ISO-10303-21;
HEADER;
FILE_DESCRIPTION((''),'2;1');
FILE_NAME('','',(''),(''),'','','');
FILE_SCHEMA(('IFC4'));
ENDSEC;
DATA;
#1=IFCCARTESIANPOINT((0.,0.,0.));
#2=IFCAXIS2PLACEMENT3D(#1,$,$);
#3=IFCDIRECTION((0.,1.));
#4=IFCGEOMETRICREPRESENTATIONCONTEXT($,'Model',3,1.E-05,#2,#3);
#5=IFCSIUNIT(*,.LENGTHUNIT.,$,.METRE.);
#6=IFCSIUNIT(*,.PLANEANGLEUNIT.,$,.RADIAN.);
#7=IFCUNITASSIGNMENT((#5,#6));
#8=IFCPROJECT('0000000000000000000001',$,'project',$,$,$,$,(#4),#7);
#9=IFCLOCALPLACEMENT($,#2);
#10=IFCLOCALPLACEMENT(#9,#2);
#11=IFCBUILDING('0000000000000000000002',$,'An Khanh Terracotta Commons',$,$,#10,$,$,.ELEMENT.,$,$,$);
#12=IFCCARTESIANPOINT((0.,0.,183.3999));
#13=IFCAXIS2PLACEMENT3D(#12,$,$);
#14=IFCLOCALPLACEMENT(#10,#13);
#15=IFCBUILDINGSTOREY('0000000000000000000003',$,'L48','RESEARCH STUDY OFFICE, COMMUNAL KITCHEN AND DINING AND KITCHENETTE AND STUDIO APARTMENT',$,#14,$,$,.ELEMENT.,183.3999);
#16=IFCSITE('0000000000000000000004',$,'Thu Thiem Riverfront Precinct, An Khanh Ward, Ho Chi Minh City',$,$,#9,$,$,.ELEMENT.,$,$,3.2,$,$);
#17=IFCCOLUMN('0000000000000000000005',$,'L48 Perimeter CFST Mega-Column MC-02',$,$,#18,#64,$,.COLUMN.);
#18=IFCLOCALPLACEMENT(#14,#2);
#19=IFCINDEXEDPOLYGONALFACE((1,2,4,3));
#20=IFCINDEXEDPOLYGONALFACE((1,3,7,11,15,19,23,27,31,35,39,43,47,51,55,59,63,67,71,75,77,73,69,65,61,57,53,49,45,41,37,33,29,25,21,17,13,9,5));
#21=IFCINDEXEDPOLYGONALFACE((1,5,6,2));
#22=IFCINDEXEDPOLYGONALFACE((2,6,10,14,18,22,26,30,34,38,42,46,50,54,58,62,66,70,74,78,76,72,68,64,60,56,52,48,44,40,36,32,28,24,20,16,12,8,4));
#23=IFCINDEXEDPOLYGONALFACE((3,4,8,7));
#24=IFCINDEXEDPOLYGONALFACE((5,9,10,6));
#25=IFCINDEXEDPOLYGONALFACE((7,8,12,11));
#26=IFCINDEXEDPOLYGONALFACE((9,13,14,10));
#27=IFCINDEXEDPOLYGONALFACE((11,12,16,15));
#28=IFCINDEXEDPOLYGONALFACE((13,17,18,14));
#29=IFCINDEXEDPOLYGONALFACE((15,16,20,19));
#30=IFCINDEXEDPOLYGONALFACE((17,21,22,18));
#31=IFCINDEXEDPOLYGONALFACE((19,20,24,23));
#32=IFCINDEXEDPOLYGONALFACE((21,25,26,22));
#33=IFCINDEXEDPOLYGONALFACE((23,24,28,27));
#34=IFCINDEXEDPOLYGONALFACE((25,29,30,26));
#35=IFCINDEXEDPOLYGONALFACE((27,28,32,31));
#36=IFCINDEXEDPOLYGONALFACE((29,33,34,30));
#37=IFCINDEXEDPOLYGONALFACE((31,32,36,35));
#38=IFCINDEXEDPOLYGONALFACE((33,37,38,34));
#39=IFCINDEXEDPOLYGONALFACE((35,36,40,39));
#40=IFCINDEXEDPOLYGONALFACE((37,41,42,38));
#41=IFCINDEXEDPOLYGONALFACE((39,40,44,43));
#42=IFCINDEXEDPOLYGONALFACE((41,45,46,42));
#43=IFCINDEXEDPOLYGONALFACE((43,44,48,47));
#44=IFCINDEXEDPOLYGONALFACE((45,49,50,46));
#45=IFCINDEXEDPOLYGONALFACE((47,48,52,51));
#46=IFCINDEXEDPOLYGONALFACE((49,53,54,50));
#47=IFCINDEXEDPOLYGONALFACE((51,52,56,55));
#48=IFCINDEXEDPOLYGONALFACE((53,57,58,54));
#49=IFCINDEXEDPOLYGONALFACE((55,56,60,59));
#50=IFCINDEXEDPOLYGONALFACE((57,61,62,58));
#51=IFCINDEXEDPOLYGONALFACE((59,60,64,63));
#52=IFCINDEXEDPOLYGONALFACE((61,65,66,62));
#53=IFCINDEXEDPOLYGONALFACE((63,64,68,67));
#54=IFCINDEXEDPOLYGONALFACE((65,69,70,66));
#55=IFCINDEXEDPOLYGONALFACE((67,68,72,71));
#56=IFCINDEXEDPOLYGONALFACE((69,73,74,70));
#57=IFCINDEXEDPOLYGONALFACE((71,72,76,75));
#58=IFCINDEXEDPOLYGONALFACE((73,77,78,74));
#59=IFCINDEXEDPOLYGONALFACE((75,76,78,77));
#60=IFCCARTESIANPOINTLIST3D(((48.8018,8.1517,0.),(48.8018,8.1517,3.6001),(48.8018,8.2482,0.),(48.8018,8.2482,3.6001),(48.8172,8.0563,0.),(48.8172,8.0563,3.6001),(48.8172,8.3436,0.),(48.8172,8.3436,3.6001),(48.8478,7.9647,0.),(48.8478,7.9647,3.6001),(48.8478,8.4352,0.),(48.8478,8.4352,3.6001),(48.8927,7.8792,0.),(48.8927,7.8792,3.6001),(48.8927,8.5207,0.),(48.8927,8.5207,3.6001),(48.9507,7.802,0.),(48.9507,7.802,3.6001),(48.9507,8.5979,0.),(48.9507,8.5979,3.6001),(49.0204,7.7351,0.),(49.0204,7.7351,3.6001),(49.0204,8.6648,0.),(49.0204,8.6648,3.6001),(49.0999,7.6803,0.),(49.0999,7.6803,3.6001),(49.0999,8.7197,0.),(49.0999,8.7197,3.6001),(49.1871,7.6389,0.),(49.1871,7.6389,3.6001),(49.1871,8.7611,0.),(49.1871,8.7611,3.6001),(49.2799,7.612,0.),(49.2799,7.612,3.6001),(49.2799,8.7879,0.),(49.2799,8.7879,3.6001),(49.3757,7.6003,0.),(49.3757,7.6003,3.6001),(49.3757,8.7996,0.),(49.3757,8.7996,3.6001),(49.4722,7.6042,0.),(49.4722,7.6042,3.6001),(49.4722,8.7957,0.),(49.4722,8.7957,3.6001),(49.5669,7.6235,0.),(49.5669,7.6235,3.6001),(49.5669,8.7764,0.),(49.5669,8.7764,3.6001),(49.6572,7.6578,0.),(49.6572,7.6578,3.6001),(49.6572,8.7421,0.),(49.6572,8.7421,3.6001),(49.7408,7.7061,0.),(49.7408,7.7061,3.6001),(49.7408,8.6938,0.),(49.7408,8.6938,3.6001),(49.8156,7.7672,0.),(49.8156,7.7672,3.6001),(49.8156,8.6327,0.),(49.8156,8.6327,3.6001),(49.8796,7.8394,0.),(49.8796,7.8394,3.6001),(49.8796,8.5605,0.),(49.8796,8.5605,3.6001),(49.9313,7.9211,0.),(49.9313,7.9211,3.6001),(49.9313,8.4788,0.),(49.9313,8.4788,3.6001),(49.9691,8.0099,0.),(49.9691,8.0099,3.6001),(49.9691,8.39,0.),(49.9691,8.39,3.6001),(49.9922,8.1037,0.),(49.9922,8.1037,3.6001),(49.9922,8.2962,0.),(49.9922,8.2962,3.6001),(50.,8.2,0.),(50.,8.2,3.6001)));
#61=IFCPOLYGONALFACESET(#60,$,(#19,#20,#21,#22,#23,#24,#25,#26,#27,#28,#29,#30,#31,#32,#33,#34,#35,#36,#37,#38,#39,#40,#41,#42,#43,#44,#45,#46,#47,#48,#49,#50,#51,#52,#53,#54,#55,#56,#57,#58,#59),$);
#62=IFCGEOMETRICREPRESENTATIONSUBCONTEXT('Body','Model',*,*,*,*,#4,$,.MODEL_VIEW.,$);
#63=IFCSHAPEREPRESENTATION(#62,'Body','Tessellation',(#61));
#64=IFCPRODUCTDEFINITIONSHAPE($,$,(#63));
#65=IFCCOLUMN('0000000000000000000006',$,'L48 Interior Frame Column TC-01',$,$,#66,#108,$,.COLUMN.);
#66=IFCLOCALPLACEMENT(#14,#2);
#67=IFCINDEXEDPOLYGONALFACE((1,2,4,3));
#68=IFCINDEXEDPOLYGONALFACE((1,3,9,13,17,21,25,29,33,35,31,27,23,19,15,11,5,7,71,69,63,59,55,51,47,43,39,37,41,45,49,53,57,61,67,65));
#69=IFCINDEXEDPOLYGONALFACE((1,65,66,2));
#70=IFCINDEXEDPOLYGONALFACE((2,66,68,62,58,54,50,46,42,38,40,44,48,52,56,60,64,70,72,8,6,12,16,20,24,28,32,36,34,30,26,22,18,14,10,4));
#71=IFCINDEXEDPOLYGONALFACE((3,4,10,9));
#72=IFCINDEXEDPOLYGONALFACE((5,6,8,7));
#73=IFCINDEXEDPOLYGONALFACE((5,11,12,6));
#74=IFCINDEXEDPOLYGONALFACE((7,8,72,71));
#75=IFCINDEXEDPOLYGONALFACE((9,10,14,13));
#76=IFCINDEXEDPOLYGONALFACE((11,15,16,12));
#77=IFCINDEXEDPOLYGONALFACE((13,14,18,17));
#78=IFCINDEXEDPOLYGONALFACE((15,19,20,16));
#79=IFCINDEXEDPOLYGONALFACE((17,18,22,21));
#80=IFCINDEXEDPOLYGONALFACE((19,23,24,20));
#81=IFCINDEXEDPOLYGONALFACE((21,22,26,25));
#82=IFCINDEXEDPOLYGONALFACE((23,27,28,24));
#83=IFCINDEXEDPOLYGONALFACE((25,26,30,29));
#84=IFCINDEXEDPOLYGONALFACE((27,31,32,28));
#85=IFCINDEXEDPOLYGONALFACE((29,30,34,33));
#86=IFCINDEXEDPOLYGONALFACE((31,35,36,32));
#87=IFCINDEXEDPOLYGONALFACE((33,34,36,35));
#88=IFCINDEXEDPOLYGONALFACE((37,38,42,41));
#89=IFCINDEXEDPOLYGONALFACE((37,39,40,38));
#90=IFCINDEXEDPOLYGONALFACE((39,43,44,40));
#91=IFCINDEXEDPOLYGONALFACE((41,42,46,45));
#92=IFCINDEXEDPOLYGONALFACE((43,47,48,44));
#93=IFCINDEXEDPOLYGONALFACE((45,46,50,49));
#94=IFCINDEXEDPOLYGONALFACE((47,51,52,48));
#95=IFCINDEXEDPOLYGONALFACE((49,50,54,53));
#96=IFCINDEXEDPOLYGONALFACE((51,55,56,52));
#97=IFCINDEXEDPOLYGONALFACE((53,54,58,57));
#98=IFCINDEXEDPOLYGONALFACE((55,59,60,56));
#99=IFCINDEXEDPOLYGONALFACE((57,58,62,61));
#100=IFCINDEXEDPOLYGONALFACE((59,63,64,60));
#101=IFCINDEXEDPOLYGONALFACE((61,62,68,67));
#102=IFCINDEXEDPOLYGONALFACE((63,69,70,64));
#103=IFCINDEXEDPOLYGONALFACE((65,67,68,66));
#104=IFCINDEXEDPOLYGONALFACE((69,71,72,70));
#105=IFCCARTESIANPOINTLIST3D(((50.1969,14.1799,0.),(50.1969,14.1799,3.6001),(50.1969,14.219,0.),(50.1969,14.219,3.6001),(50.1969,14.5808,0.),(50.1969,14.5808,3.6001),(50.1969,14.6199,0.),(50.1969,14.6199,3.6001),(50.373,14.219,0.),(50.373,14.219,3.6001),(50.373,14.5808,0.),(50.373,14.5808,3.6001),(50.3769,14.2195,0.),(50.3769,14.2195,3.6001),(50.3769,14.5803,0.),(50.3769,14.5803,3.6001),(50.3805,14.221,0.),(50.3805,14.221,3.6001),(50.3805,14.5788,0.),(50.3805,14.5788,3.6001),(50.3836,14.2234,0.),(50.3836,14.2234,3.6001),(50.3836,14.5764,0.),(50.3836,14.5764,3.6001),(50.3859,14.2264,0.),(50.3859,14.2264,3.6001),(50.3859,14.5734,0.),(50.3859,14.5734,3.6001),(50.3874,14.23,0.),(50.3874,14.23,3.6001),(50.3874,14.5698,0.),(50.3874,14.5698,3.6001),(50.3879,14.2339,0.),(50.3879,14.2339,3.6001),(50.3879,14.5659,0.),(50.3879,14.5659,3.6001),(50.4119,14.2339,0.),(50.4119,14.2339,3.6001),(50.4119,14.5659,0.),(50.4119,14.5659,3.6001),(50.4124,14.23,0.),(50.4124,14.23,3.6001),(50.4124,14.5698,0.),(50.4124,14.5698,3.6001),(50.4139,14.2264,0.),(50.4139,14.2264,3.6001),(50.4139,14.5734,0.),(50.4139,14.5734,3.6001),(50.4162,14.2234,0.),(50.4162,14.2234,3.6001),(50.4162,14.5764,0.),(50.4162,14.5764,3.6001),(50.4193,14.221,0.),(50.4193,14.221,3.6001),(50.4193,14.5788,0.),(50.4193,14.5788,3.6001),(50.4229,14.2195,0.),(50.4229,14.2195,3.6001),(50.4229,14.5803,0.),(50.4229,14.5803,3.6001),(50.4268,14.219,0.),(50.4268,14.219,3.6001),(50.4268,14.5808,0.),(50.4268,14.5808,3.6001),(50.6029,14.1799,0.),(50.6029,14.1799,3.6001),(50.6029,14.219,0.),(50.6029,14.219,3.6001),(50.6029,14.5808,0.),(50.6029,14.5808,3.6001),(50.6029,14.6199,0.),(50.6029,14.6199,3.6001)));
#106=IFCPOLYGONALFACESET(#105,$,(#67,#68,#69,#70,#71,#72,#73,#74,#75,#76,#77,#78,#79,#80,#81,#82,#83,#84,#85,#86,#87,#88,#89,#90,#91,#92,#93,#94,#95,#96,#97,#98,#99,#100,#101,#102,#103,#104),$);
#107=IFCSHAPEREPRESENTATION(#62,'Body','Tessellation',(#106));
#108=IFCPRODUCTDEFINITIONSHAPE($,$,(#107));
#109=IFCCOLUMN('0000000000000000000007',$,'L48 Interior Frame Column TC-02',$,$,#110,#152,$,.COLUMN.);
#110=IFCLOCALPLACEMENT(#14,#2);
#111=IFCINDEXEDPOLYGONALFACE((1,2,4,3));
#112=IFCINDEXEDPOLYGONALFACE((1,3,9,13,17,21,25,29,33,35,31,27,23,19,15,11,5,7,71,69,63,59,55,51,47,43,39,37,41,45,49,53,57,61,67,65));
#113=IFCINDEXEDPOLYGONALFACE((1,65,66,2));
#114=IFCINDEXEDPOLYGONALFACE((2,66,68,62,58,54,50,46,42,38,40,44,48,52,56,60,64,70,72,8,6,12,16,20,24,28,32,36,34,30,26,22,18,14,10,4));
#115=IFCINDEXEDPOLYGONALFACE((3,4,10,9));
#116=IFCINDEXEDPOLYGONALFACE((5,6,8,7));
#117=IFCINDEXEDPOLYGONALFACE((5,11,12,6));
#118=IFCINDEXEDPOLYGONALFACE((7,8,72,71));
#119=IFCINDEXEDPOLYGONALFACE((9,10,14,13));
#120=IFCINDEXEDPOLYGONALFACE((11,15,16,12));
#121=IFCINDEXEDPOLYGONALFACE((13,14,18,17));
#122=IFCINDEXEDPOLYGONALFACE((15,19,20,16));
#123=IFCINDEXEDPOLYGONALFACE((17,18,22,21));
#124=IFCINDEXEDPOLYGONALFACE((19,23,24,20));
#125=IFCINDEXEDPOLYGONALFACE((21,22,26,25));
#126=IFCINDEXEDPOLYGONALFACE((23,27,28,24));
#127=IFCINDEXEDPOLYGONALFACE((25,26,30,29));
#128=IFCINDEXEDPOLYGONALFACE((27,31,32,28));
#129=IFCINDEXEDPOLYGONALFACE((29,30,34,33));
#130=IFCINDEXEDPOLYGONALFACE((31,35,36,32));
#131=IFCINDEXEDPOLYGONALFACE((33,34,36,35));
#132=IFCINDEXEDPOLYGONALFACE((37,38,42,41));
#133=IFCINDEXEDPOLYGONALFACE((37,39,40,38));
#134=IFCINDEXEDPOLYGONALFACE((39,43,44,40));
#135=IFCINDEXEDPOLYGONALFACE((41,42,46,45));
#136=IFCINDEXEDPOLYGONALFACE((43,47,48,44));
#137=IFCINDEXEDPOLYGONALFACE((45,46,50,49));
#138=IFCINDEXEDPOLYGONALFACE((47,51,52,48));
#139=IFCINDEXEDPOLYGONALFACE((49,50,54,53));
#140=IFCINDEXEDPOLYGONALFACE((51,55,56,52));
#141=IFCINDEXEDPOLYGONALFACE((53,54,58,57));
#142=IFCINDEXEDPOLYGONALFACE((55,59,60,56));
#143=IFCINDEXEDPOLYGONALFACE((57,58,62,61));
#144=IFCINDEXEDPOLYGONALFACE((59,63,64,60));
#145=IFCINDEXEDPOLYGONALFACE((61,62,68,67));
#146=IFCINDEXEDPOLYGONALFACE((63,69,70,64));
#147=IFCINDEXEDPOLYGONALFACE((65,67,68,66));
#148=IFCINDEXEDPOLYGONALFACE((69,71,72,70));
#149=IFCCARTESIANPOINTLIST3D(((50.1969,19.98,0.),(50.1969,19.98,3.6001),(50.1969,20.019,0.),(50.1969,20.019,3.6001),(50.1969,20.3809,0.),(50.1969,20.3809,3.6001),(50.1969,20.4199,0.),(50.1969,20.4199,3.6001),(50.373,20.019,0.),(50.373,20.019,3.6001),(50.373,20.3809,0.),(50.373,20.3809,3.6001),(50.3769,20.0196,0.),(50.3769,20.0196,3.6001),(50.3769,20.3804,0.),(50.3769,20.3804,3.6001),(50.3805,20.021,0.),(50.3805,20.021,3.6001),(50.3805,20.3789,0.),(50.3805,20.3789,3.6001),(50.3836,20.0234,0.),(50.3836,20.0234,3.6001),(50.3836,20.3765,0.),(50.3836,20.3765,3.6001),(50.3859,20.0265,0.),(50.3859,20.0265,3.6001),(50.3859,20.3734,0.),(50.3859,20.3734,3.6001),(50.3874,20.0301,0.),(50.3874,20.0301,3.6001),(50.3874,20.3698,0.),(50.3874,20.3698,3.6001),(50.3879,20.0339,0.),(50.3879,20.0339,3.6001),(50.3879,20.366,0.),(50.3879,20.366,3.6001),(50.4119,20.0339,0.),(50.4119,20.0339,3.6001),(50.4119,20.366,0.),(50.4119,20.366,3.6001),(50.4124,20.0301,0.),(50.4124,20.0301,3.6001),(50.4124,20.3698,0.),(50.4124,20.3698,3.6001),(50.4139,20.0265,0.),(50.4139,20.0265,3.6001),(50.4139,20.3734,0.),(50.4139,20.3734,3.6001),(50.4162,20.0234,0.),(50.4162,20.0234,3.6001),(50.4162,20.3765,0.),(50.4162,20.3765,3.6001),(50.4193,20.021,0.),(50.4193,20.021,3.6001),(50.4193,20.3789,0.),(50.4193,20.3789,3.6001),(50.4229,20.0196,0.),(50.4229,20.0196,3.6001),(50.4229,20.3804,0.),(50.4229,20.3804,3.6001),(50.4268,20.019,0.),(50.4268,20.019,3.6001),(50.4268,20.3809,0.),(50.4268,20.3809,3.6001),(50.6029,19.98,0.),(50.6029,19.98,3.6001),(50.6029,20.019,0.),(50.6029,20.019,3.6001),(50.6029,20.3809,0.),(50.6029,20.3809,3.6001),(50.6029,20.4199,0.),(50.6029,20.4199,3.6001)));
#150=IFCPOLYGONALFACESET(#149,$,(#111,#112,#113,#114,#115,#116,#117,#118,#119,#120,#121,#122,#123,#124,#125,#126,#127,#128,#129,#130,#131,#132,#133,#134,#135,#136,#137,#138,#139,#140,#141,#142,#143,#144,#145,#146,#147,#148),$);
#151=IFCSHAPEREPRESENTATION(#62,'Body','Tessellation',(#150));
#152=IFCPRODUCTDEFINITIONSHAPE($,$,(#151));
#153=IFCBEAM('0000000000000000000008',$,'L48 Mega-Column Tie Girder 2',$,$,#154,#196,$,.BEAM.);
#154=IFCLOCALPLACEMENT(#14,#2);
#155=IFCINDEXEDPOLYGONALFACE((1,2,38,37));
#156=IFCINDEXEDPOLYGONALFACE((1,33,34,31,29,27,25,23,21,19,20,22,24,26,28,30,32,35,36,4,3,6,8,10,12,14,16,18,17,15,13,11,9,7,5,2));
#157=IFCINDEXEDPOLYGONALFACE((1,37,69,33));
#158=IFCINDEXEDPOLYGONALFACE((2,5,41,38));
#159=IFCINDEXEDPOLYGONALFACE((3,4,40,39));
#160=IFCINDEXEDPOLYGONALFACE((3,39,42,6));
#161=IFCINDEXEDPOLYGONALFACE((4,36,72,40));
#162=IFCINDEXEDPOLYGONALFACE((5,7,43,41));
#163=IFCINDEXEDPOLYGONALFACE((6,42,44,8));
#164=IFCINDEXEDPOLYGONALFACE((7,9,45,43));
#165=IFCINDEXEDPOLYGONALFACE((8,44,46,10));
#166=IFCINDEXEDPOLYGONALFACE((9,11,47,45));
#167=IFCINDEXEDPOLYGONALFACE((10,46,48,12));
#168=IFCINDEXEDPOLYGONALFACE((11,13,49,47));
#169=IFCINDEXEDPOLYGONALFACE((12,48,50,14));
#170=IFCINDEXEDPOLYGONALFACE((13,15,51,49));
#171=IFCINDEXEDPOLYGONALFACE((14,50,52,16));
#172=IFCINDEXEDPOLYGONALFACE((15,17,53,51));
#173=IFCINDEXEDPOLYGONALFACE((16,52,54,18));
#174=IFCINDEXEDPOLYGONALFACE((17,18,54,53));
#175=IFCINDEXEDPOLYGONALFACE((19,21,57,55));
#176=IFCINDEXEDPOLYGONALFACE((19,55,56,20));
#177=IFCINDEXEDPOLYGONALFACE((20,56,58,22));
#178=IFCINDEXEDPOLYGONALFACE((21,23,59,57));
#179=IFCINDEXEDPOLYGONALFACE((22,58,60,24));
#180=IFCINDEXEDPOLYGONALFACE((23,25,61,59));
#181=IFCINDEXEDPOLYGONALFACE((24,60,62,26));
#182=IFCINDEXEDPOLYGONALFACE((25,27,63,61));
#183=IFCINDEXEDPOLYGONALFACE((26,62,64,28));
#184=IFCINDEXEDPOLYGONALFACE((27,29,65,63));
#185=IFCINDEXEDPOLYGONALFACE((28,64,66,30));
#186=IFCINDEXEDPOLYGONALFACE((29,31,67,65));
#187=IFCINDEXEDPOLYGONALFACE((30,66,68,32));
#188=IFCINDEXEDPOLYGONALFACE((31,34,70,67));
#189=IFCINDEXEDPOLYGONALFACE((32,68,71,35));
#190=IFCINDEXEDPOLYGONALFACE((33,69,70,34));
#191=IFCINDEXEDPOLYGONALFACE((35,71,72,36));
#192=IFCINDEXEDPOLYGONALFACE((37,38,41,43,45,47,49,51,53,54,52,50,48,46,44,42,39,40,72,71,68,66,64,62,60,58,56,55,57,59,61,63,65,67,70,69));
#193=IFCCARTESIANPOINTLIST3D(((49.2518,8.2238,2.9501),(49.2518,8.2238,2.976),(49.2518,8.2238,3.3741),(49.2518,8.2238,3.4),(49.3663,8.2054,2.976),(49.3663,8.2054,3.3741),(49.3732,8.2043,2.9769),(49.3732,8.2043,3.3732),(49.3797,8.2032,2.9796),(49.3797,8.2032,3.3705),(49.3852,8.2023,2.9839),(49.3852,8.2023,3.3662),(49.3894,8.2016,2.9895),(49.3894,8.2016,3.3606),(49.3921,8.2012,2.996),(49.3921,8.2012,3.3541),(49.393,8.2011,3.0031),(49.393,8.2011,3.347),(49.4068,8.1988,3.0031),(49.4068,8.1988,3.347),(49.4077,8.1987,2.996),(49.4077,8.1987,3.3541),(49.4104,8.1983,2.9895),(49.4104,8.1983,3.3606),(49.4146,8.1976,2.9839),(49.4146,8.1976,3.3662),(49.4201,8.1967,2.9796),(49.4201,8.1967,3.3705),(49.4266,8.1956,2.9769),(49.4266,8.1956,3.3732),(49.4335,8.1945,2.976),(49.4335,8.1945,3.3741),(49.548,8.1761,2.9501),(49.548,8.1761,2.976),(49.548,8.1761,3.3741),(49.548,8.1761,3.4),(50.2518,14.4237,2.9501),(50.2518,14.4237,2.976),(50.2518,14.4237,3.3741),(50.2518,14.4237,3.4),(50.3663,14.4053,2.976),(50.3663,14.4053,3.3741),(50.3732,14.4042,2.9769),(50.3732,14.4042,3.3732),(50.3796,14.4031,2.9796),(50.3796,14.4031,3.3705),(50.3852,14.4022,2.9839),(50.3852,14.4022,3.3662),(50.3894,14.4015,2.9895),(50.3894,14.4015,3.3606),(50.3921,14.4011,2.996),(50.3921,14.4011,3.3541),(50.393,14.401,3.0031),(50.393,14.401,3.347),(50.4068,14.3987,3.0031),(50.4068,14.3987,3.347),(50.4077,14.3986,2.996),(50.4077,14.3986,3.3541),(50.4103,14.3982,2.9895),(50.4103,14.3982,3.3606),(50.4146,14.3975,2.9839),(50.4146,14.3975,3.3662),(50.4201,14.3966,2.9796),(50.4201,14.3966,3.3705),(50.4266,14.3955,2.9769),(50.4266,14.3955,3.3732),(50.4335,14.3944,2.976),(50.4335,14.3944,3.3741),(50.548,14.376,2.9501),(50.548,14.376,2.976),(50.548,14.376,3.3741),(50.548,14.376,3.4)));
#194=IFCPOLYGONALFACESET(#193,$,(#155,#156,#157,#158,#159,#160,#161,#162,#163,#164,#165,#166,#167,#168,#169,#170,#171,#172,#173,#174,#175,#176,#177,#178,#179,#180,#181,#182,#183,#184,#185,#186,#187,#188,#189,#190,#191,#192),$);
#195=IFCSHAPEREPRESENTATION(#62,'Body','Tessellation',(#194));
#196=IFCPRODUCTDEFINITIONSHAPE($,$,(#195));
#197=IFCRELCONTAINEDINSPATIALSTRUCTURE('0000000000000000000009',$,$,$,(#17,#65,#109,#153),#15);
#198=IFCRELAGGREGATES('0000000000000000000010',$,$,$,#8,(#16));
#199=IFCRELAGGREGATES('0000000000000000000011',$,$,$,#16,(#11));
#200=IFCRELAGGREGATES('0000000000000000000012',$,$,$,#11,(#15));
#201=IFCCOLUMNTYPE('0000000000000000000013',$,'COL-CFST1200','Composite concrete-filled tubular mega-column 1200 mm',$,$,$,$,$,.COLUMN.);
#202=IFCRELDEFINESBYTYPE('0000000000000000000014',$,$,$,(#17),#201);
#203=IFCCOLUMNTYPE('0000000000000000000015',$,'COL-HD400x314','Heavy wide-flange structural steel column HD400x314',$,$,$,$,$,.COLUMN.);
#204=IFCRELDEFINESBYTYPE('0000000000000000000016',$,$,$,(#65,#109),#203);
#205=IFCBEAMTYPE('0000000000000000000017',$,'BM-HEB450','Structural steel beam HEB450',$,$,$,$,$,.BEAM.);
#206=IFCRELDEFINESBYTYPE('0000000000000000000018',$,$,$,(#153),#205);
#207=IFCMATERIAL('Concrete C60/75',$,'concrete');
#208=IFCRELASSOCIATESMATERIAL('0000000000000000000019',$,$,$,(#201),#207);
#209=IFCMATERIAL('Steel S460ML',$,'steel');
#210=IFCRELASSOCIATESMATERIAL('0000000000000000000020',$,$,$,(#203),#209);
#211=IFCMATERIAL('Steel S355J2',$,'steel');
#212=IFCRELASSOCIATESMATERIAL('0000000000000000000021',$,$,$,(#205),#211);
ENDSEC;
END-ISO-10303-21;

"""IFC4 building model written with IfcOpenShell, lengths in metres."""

from ifc_helpers import new_model, si_unit, direction, frame, origin, origin_2d, place, context, subcontext, project, spatial, circle, i_section, extrude, material, material_profile, profile_set, type_object, element, save


model = new_model("IFC4")

# Units and contexts
model_context = context("Model", 3, precision=1e-05, world=origin(), true_north=direction((0.0, 1.0)))
body_context = subcontext(model_context, "Body", "Model", "MODEL_VIEW")
ifc_project = project(units=[si_unit("LENGTHUNIT", "METRE"), si_unit("PLANEANGLEUNIT", "RADIAN")], contexts=[model_context])

# Site, building, storey
site_placement = place(None, origin())
site = spatial("IfcSite", under=ifc_project, at=site_placement, Name="Thu Thiem Riverfront Precinct, An Khanh Ward, Ho Chi Minh City", CompositionType="ELEMENT", RefElevation=3.2)
building_placement = place(site_placement, origin())
building = spatial("IfcBuilding", under=site, at=building_placement, Name="An Khanh Terracotta Commons", CompositionType="ELEMENT")
storey_placement = place(building_placement, frame((0.0, 0.0, 183.3999)))
storey = spatial("IfcBuildingStorey", under=building, at=storey_placement, Name="L48", Description="RESEARCH STUDY OFFICE, COMMUNAL KITCHEN AND DINING AND KITCHENETTE AND STUDIO APARTMENT", CompositionType="ELEMENT", Elevation=183.3999)

# Columns
ifc_material_1 = material(Name="Concrete C60/75", Category="concrete")
ifc_material_profile_1 = material_profile(ifc_material_1, circle(Radius=0.6001, at=origin_2d()), Name="CFST1200")
ifc_profile_set_1 = profile_set([ifc_material_profile_1], Name="Concrete C60/75")
column_type_1 = type_object("IfcColumnType", Name="COL-CFST1200", Description="Composite concrete-filled tubular mega-column 1200 mm", PredefinedType="COLUMN", material=ifc_profile_set_1)
column_placement = place(storey_placement, frame((49.3999, 8.2, 0.0), z_axis=(0.0, 0.0, 1.0), x_axis=(1.0, 0.0, 0.0)))
element("IfcColumn", 1, at=column_placement, inside=storey, type_object=column_type_1, Name="L48 Perimeter CFST Mega-Column MC-02", PredefinedType="COLUMN", context=body_context, shape_type="SweptSolid", body=[
    extrude(circle(Radius=0.6001, at=origin_2d()), origin(), (0.0, 0.0, 1.0), 3.6001),
])
ifc_material_2 = material(Name="Steel S460ML", Category="steel")
ifc_material_profile_2 = material_profile(ifc_material_2, i_section(OverallWidth=0.406, OverallDepth=0.4399, WebThickness=0.0239, FlangeThickness=0.0391, FilletRadius=0.0149, at=origin_2d()), Name="HD400x314")
ifc_profile_set_2 = profile_set([ifc_material_profile_2], Name="Steel S460ML")
column_type_2 = type_object("IfcColumnType", Name="COL-HD400x314", Description="Heavy wide-flange structural steel column HD400x314", PredefinedType="COLUMN", material=ifc_profile_set_2)
for number, where, z_axis, x_axis, name in (
    (2, (50.3999, 14.3999, 0.0), (0.0, 0.0, 1.0), (1.0, 0.0, 0.0), "L48 Interior Frame Column TC-01"),
    (3, (50.3999, 20.2, 0.0), (0.0, 0.0, 1.0), (1.0, 0.0, 0.0), "L48 Interior Frame Column TC-02"),
):
    element("IfcColumn", number, at=place(storey_placement, frame(where, z_axis=z_axis, x_axis=x_axis)), inside=storey, type_object=column_type_2, Name=name, PredefinedType="COLUMN", context=body_context, shape_type="SweptSolid", body=[
        extrude(i_section(OverallWidth=0.406, OverallDepth=0.4399, WebThickness=0.0239, FlangeThickness=0.0391, FilletRadius=0.0149, at=origin_2d()), origin(), (0.0, 0.0, 1.0), 3.6001),
    ])

# Beam
ifc_material_3 = material(Name="Steel S355J2", Category="steel")
ifc_material_profile_3 = material_profile(ifc_material_3, i_section(OverallWidth=0.3, OverallDepth=0.45, WebThickness=0.0139, FlangeThickness=0.0259, FilletRadius=0.0271, at=origin_2d()), Name="HEB450")
ifc_profile_set_3 = profile_set([ifc_material_profile_3], Name="Steel S355J2")
beam_type_1 = type_object("IfcBeamType", Name="BM-HEB450", Description="Structural steel beam HEB450", PredefinedType="BEAM", material=ifc_profile_set_3)
beam_1_placement = place(storey_placement, frame((49.3999, 8.2, 3.175), z_axis=(0.159234, 0.987241, 0.0), x_axis=(-0.987241, 0.159234, 0.0)))
element("IfcBeam", 4, at=beam_1_placement, inside=storey, type_object=beam_type_1, Name="L48 Mega-Column Tie Girder 2", PredefinedType="BEAM", context=body_context, shape_type="SweptSolid", body=[
    extrude(i_section(OverallWidth=0.3, OverallDepth=0.45, WebThickness=0.0139, FlangeThickness=0.0259, FilletRadius=0.0271, at=origin_2d()), origin(), (0.0, 0.0, 1.0), 6.28),
])

save(model, "model.ifc")
